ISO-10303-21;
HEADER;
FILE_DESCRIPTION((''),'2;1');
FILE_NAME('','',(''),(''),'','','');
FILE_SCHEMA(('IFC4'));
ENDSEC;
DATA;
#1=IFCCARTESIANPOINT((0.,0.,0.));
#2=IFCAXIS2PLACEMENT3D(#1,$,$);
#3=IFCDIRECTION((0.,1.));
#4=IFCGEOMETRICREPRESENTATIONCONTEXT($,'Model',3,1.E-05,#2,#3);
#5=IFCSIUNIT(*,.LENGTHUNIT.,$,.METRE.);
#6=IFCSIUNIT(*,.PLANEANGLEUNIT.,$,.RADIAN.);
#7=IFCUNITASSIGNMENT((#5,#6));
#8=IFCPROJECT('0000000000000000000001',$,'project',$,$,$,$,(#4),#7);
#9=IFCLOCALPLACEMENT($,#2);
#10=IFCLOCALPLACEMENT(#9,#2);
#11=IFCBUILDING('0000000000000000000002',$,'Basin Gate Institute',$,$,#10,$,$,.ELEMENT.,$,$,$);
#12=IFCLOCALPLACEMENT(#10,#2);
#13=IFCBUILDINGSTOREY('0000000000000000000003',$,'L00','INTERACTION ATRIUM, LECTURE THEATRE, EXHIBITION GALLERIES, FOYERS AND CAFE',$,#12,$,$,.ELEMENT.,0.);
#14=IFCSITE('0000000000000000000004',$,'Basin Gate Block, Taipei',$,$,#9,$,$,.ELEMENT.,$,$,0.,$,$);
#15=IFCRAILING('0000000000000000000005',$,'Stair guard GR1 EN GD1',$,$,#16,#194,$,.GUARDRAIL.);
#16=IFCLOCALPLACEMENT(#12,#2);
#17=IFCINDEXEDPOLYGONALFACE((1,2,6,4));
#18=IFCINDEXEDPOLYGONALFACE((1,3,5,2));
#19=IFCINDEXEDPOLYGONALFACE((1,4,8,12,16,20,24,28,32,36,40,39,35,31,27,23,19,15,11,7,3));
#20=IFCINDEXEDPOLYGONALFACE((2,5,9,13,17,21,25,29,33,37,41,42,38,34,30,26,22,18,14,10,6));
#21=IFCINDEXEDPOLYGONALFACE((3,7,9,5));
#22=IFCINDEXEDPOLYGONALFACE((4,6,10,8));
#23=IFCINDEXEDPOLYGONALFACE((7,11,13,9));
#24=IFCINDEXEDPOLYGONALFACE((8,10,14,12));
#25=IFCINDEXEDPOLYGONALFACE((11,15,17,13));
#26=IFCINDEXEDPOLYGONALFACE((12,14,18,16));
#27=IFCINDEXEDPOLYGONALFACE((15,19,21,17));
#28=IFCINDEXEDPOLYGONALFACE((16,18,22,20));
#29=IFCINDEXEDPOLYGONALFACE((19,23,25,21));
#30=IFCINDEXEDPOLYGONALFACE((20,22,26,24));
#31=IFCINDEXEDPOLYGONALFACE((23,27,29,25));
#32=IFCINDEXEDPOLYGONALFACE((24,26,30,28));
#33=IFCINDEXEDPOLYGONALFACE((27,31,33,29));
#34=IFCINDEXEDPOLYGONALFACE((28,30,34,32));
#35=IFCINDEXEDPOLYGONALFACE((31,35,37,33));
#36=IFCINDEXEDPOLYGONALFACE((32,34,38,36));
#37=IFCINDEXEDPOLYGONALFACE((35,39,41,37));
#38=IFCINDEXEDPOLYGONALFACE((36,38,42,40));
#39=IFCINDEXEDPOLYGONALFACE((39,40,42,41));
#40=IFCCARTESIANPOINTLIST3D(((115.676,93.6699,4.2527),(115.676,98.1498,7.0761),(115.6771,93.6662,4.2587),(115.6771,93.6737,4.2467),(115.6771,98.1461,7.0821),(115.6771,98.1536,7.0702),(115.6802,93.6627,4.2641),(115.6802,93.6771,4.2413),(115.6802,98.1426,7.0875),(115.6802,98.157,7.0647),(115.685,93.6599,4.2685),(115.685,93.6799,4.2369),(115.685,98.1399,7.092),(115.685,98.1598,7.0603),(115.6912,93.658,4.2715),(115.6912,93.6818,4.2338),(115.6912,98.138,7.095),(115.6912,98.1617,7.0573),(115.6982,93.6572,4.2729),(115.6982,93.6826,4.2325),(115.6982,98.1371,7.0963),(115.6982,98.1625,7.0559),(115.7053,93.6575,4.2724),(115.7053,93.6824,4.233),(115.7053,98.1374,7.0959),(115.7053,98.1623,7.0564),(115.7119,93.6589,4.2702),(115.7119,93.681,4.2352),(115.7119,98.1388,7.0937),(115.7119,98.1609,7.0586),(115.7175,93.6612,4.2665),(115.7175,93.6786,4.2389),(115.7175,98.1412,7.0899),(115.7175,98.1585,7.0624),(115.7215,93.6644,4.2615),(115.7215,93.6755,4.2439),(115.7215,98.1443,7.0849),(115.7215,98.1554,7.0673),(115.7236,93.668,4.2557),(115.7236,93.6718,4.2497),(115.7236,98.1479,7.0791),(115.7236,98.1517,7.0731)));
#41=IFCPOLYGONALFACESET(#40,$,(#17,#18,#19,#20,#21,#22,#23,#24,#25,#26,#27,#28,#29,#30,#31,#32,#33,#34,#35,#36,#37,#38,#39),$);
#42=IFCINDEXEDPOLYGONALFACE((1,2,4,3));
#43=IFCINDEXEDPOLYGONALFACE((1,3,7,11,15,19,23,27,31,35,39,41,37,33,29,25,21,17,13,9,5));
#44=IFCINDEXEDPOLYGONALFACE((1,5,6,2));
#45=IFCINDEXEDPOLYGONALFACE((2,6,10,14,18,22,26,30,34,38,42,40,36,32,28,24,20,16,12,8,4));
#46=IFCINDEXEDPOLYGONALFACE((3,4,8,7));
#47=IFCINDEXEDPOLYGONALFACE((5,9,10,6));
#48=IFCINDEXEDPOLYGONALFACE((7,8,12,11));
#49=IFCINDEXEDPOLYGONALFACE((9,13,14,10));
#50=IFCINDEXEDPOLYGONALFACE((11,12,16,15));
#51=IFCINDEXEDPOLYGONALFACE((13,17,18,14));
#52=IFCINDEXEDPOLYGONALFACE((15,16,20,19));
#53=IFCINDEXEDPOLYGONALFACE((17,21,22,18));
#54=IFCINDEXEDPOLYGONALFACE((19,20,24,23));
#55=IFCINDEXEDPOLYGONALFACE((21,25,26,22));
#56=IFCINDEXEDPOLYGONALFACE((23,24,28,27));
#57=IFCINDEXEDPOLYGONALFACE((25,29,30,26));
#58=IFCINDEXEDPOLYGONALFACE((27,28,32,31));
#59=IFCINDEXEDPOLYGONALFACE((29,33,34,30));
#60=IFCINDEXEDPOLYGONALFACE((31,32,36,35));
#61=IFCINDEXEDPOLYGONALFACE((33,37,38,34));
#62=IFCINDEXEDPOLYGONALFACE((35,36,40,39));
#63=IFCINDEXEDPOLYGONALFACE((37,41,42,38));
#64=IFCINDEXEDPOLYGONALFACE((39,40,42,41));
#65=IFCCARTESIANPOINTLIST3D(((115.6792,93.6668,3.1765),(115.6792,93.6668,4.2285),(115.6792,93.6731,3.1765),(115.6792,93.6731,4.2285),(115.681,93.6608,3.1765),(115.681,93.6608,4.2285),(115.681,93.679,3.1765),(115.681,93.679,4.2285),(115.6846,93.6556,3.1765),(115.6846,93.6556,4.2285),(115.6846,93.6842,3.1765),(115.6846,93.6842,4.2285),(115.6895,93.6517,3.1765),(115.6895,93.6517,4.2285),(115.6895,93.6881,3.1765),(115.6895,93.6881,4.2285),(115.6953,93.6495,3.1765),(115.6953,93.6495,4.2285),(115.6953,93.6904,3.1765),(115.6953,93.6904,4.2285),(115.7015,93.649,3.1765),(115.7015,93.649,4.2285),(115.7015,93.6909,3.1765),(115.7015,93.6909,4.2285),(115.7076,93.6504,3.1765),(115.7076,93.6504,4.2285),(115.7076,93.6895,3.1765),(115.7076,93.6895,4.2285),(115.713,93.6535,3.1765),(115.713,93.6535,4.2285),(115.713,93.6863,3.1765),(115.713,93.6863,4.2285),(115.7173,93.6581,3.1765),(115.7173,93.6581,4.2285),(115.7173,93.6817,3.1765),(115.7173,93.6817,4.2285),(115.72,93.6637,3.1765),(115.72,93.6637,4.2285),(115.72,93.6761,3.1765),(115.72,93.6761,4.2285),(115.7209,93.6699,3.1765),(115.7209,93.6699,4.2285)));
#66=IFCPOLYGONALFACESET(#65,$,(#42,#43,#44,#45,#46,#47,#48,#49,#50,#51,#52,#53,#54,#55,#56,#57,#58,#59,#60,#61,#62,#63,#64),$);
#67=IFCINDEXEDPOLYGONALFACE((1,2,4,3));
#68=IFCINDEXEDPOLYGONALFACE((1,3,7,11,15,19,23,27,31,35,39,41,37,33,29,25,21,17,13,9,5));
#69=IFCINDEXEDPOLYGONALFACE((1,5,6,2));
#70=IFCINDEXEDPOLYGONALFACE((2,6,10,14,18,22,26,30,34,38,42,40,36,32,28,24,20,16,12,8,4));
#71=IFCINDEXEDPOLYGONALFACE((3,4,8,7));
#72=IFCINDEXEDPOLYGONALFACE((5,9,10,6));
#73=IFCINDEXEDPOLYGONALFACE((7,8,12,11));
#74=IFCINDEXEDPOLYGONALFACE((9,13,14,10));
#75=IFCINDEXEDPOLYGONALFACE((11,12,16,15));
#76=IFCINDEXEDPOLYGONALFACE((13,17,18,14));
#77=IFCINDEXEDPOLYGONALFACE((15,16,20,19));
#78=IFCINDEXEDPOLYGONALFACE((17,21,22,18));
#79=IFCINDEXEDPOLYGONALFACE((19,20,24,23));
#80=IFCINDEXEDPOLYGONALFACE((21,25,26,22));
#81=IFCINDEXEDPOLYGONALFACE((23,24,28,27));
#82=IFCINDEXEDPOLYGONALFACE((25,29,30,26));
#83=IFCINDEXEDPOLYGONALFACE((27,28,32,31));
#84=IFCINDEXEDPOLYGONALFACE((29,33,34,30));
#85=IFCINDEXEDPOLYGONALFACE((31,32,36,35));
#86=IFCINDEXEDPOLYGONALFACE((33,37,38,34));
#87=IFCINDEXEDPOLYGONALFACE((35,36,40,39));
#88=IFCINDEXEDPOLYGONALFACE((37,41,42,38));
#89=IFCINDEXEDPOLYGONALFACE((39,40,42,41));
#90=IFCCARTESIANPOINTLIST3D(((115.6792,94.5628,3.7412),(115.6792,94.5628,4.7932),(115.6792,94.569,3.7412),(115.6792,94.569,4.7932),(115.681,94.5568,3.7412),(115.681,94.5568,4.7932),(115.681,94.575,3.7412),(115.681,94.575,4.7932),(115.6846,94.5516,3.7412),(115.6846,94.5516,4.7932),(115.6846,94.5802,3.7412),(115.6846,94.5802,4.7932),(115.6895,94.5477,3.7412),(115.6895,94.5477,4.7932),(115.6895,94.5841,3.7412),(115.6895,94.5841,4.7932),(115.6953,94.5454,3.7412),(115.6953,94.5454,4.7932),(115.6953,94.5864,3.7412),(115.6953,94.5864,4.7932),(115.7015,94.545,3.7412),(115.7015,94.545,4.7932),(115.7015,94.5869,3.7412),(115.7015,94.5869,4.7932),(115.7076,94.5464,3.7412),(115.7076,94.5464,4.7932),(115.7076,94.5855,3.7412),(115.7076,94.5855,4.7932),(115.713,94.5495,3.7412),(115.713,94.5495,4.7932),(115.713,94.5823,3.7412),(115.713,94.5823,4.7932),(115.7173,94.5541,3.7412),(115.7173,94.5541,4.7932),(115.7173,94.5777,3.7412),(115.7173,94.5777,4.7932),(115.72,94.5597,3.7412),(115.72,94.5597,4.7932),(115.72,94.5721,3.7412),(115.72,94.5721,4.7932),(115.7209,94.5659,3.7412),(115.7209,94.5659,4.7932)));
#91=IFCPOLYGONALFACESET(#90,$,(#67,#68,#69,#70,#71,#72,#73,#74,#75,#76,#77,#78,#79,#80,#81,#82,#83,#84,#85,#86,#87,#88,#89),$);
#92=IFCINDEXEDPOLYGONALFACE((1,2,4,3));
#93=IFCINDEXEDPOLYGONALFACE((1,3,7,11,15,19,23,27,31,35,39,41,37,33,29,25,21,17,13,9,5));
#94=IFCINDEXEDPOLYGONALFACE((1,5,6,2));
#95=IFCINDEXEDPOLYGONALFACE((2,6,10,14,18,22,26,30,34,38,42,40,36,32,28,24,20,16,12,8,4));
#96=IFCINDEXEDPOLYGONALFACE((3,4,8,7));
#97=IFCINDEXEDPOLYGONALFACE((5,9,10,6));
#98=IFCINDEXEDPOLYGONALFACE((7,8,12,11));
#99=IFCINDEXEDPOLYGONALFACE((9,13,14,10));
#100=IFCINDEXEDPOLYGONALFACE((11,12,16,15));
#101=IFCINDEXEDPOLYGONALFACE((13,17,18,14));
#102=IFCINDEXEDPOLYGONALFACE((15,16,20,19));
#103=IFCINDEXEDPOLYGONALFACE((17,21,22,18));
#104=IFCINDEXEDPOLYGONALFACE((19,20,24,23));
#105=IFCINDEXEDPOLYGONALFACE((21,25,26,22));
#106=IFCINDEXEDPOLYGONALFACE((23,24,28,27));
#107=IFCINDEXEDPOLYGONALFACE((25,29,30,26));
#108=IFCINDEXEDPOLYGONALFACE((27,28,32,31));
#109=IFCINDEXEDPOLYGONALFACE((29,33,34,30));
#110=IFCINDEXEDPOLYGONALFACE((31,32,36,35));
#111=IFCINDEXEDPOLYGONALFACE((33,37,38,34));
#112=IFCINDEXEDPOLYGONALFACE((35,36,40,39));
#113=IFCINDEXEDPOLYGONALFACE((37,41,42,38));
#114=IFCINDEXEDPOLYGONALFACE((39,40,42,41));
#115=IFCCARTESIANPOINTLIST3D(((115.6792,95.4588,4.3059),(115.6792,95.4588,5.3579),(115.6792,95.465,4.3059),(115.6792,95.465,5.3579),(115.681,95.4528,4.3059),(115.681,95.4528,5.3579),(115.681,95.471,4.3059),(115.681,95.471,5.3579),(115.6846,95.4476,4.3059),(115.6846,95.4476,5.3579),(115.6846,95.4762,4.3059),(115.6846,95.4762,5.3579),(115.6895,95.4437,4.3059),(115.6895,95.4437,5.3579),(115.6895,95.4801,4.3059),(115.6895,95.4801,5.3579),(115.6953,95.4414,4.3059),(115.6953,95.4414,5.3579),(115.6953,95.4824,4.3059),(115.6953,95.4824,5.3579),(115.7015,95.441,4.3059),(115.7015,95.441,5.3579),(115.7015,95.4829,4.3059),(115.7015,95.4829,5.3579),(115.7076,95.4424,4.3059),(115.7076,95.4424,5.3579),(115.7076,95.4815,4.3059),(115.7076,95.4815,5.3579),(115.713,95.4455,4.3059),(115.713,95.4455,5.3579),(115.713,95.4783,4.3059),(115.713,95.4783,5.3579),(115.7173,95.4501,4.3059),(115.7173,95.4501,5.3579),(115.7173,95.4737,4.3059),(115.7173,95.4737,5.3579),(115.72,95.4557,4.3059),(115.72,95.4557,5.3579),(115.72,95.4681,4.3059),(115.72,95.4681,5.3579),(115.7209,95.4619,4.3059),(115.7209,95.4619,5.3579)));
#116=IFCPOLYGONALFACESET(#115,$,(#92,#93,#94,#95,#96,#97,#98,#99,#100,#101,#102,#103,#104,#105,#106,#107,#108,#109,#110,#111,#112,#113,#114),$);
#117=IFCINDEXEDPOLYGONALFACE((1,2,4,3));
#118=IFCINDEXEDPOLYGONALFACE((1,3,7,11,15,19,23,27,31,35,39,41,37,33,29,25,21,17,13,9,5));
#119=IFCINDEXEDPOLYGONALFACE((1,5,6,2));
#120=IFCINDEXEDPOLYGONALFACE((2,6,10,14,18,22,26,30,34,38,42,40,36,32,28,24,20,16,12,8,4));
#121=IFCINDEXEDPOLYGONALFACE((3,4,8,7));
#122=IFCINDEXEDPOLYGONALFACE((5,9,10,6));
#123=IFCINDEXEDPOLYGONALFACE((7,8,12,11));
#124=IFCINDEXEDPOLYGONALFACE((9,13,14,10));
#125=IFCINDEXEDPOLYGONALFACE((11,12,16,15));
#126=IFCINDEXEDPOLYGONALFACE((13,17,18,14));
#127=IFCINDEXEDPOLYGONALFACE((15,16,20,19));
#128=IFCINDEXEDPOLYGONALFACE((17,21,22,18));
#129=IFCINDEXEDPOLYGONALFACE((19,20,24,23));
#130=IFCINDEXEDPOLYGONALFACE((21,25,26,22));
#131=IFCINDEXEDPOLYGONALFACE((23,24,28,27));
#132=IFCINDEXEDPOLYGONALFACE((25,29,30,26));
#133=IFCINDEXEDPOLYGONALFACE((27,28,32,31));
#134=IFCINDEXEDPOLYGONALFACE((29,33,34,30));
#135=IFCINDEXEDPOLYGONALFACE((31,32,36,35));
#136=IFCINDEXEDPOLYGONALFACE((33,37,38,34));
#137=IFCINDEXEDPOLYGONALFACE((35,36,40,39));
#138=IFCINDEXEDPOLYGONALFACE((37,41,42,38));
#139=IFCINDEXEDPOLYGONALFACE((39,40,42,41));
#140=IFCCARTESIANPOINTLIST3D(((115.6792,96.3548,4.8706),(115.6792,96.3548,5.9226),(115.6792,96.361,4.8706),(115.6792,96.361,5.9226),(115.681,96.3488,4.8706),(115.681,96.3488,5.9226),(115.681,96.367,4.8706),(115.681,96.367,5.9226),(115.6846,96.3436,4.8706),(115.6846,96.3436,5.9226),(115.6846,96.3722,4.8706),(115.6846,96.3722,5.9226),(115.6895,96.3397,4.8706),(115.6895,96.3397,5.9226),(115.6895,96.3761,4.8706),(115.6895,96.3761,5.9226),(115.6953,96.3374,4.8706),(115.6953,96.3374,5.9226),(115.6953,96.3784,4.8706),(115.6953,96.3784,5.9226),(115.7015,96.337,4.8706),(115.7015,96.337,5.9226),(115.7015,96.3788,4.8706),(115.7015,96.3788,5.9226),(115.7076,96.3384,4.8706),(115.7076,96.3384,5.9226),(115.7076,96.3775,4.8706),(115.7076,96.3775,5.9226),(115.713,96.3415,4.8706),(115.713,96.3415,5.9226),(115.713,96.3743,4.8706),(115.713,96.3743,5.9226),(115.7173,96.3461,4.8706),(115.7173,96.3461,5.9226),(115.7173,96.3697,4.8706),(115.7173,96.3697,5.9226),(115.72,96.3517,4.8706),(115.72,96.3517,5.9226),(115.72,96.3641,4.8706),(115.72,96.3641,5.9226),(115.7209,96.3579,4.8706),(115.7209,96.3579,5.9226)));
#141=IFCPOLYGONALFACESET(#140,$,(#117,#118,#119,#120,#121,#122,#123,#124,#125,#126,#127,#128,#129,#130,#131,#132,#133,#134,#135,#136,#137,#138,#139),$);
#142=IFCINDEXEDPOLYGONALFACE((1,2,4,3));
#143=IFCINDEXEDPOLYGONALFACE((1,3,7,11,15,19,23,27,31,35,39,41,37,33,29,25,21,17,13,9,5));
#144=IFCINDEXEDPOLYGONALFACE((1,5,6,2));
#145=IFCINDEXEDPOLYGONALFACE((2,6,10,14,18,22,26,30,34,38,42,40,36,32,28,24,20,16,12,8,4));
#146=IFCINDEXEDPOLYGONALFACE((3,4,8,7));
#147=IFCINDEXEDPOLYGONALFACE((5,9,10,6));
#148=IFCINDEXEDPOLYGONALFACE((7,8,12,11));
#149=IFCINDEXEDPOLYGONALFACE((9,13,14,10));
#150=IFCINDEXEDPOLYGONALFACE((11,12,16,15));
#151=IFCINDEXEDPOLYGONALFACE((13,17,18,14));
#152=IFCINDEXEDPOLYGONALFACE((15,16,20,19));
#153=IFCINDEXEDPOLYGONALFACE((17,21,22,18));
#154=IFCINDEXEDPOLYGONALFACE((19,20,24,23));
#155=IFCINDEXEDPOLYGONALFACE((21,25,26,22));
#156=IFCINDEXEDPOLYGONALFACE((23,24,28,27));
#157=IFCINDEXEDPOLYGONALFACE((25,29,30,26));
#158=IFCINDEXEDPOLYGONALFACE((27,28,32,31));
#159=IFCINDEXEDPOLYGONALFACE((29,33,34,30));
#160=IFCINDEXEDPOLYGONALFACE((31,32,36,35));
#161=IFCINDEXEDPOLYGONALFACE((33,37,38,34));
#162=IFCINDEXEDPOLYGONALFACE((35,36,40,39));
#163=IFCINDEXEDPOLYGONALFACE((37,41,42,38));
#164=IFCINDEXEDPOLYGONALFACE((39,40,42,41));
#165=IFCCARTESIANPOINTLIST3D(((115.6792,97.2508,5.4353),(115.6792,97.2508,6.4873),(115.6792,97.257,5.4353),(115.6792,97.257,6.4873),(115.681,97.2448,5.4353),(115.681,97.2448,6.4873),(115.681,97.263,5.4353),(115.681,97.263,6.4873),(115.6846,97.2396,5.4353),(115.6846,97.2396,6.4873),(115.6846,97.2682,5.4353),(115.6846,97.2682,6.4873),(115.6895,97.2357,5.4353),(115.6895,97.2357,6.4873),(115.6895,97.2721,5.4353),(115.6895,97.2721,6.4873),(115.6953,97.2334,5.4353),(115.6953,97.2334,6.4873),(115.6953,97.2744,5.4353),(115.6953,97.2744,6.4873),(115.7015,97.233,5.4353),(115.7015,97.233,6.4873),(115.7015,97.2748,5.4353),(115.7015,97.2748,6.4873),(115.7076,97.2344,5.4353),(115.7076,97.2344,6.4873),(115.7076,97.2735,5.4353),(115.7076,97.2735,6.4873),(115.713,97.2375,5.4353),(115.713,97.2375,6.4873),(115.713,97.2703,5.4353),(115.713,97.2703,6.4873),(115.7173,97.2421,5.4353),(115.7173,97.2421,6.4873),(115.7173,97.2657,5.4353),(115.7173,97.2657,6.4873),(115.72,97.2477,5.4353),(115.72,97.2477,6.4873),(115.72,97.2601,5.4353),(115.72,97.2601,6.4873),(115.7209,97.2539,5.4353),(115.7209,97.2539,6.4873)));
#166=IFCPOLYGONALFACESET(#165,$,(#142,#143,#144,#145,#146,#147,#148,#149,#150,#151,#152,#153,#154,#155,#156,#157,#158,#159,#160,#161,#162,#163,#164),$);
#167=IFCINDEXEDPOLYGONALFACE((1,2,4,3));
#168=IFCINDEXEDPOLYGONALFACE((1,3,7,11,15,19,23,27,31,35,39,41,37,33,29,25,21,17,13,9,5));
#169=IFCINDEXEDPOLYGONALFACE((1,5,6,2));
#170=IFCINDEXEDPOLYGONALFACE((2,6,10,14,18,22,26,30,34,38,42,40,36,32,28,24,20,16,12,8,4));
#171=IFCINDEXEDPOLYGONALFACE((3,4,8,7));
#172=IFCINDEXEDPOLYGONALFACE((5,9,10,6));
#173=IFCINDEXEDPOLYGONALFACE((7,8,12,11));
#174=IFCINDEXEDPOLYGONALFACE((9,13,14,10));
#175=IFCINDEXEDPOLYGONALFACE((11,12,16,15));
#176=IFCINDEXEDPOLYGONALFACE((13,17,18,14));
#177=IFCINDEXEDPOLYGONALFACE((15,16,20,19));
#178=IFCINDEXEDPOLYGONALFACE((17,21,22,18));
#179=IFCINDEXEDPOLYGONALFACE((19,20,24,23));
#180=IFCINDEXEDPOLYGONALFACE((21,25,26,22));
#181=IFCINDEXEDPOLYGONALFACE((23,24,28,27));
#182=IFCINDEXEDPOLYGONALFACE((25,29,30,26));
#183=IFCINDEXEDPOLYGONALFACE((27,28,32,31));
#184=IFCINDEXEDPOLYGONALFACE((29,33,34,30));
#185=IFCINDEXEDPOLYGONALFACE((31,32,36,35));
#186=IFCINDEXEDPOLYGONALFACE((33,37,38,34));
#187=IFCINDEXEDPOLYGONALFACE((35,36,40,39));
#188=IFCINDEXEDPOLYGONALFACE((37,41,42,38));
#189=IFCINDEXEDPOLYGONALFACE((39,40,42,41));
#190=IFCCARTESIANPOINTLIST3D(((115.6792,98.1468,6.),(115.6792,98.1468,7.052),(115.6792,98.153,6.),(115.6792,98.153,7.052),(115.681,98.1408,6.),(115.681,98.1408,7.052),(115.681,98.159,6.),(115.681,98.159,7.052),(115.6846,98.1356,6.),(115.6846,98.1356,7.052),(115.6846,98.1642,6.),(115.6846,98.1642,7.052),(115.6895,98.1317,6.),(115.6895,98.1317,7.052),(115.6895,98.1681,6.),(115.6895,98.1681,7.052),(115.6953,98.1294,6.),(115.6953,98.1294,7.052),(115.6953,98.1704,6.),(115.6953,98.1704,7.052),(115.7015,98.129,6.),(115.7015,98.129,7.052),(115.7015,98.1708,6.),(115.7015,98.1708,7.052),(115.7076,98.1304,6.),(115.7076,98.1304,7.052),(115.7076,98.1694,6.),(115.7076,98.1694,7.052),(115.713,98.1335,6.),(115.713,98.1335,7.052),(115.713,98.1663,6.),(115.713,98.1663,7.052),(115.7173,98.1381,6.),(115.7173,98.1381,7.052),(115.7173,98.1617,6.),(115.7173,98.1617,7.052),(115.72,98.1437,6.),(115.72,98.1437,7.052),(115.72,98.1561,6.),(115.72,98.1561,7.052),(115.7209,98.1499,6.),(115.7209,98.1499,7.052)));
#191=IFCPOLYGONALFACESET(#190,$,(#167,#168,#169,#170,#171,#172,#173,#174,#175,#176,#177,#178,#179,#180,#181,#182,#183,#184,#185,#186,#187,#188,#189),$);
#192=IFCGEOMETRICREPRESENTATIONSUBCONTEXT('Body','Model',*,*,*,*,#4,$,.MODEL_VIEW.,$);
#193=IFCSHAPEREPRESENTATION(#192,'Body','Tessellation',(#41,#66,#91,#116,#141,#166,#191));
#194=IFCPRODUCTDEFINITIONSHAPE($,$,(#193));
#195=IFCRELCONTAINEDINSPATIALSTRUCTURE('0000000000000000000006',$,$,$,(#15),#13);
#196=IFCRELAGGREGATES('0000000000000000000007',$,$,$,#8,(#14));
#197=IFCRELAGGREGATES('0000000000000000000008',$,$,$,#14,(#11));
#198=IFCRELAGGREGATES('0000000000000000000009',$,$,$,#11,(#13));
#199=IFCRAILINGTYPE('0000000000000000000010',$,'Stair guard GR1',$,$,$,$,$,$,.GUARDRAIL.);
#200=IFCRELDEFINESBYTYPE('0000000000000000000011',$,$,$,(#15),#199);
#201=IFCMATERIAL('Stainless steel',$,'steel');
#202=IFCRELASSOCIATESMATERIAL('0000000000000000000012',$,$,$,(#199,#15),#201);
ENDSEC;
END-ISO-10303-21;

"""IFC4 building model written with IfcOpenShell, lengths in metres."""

from ifc_helpers import new_model, si_unit, direction, frame, origin, origin_2d, place, context, subcontext, project, spatial, circle, extrude, material, type_object, element, save


model = new_model("IFC4")

# Units and contexts
model_context = context("Model", 3, precision=1e-05, world=origin(), true_north=direction((0.0, 1.0)))
body_context = subcontext(model_context, "Body", "Model", "MODEL_VIEW")
ifc_project = project(units=[si_unit("LENGTHUNIT", "METRE"), si_unit("PLANEANGLEUNIT", "RADIAN")], contexts=[model_context])

# Site, building, storey
site_placement = place(None, origin())
site = spatial("IfcSite", under=ifc_project, at=site_placement, Name="Basin Gate Block, Taipei", CompositionType="ELEMENT", RefElevation=0.0)
building_placement = place(site_placement, origin())
building = spatial("IfcBuilding", under=site, at=building_placement, Name="Basin Gate Institute", CompositionType="ELEMENT")
storey_placement = place(building_placement, origin())
storey = spatial("IfcBuildingStorey", under=building, at=storey_placement, Name="L00", Description="INTERACTION ATRIUM, LECTURE THEATRE, EXHIBITION GALLERIES, FOYERS AND CAFE", CompositionType="ELEMENT", Elevation=0.0)

# Railing
ifc_material_1 = material(Name="Stainless steel", Category="steel")
railing_type_1 = type_object("IfcRailingType", Name="Stair guard GR1", PredefinedType="GUARDRAIL", material=ifc_material_1)
railing_1_placement = place(storey_placement, frame((115.7, 93.6699, 3.1765)))
element("IfcRailing", 1, at=railing_1_placement, inside=storey, type_object=railing_type_1, material=ifc_material_1, Name="Stair guard GR1 EN GD1", PredefinedType="GUARDRAIL", context=body_context, shape_type="SweptSolid", body=[
    extrude(circle(Radius=0.0239, at=origin_2d()), frame((0.0, 0.0, 1.0762), z_axis=(0.0, 0.845998, 0.533186), x_axis=(-1.0, 0.0, 0.0)), (0.0, 0.0, 1.0), 5.2954),
    extrude(circle(Radius=0.021, at=origin_2d()), origin(), (0.0, 0.0, 1.0), 1.052),
    extrude(circle(Radius=0.021, at=origin_2d()), frame((0.0, 0.896, 0.5647)), (0.0, 0.0, 1.0), 1.052),
    extrude(circle(Radius=0.021, at=origin_2d()), frame((0.0, 1.792, 1.1294)), (0.0, 0.0, 1.0), 1.052),
    extrude(circle(Radius=0.021, at=origin_2d()), frame((0.0, 2.688, 1.6941)), (0.0, 0.0, 1.0), 1.052),
    extrude(circle(Radius=0.021, at=origin_2d()), frame((0.0, 3.584, 2.2588)), (0.0, 0.0, 1.0), 1.052),
    extrude(circle(Radius=0.021, at=origin_2d()), frame((0.0, 4.48, 2.8235)), (0.0, 0.0, 1.0), 1.052),
])

save(model, "model.ifc")
